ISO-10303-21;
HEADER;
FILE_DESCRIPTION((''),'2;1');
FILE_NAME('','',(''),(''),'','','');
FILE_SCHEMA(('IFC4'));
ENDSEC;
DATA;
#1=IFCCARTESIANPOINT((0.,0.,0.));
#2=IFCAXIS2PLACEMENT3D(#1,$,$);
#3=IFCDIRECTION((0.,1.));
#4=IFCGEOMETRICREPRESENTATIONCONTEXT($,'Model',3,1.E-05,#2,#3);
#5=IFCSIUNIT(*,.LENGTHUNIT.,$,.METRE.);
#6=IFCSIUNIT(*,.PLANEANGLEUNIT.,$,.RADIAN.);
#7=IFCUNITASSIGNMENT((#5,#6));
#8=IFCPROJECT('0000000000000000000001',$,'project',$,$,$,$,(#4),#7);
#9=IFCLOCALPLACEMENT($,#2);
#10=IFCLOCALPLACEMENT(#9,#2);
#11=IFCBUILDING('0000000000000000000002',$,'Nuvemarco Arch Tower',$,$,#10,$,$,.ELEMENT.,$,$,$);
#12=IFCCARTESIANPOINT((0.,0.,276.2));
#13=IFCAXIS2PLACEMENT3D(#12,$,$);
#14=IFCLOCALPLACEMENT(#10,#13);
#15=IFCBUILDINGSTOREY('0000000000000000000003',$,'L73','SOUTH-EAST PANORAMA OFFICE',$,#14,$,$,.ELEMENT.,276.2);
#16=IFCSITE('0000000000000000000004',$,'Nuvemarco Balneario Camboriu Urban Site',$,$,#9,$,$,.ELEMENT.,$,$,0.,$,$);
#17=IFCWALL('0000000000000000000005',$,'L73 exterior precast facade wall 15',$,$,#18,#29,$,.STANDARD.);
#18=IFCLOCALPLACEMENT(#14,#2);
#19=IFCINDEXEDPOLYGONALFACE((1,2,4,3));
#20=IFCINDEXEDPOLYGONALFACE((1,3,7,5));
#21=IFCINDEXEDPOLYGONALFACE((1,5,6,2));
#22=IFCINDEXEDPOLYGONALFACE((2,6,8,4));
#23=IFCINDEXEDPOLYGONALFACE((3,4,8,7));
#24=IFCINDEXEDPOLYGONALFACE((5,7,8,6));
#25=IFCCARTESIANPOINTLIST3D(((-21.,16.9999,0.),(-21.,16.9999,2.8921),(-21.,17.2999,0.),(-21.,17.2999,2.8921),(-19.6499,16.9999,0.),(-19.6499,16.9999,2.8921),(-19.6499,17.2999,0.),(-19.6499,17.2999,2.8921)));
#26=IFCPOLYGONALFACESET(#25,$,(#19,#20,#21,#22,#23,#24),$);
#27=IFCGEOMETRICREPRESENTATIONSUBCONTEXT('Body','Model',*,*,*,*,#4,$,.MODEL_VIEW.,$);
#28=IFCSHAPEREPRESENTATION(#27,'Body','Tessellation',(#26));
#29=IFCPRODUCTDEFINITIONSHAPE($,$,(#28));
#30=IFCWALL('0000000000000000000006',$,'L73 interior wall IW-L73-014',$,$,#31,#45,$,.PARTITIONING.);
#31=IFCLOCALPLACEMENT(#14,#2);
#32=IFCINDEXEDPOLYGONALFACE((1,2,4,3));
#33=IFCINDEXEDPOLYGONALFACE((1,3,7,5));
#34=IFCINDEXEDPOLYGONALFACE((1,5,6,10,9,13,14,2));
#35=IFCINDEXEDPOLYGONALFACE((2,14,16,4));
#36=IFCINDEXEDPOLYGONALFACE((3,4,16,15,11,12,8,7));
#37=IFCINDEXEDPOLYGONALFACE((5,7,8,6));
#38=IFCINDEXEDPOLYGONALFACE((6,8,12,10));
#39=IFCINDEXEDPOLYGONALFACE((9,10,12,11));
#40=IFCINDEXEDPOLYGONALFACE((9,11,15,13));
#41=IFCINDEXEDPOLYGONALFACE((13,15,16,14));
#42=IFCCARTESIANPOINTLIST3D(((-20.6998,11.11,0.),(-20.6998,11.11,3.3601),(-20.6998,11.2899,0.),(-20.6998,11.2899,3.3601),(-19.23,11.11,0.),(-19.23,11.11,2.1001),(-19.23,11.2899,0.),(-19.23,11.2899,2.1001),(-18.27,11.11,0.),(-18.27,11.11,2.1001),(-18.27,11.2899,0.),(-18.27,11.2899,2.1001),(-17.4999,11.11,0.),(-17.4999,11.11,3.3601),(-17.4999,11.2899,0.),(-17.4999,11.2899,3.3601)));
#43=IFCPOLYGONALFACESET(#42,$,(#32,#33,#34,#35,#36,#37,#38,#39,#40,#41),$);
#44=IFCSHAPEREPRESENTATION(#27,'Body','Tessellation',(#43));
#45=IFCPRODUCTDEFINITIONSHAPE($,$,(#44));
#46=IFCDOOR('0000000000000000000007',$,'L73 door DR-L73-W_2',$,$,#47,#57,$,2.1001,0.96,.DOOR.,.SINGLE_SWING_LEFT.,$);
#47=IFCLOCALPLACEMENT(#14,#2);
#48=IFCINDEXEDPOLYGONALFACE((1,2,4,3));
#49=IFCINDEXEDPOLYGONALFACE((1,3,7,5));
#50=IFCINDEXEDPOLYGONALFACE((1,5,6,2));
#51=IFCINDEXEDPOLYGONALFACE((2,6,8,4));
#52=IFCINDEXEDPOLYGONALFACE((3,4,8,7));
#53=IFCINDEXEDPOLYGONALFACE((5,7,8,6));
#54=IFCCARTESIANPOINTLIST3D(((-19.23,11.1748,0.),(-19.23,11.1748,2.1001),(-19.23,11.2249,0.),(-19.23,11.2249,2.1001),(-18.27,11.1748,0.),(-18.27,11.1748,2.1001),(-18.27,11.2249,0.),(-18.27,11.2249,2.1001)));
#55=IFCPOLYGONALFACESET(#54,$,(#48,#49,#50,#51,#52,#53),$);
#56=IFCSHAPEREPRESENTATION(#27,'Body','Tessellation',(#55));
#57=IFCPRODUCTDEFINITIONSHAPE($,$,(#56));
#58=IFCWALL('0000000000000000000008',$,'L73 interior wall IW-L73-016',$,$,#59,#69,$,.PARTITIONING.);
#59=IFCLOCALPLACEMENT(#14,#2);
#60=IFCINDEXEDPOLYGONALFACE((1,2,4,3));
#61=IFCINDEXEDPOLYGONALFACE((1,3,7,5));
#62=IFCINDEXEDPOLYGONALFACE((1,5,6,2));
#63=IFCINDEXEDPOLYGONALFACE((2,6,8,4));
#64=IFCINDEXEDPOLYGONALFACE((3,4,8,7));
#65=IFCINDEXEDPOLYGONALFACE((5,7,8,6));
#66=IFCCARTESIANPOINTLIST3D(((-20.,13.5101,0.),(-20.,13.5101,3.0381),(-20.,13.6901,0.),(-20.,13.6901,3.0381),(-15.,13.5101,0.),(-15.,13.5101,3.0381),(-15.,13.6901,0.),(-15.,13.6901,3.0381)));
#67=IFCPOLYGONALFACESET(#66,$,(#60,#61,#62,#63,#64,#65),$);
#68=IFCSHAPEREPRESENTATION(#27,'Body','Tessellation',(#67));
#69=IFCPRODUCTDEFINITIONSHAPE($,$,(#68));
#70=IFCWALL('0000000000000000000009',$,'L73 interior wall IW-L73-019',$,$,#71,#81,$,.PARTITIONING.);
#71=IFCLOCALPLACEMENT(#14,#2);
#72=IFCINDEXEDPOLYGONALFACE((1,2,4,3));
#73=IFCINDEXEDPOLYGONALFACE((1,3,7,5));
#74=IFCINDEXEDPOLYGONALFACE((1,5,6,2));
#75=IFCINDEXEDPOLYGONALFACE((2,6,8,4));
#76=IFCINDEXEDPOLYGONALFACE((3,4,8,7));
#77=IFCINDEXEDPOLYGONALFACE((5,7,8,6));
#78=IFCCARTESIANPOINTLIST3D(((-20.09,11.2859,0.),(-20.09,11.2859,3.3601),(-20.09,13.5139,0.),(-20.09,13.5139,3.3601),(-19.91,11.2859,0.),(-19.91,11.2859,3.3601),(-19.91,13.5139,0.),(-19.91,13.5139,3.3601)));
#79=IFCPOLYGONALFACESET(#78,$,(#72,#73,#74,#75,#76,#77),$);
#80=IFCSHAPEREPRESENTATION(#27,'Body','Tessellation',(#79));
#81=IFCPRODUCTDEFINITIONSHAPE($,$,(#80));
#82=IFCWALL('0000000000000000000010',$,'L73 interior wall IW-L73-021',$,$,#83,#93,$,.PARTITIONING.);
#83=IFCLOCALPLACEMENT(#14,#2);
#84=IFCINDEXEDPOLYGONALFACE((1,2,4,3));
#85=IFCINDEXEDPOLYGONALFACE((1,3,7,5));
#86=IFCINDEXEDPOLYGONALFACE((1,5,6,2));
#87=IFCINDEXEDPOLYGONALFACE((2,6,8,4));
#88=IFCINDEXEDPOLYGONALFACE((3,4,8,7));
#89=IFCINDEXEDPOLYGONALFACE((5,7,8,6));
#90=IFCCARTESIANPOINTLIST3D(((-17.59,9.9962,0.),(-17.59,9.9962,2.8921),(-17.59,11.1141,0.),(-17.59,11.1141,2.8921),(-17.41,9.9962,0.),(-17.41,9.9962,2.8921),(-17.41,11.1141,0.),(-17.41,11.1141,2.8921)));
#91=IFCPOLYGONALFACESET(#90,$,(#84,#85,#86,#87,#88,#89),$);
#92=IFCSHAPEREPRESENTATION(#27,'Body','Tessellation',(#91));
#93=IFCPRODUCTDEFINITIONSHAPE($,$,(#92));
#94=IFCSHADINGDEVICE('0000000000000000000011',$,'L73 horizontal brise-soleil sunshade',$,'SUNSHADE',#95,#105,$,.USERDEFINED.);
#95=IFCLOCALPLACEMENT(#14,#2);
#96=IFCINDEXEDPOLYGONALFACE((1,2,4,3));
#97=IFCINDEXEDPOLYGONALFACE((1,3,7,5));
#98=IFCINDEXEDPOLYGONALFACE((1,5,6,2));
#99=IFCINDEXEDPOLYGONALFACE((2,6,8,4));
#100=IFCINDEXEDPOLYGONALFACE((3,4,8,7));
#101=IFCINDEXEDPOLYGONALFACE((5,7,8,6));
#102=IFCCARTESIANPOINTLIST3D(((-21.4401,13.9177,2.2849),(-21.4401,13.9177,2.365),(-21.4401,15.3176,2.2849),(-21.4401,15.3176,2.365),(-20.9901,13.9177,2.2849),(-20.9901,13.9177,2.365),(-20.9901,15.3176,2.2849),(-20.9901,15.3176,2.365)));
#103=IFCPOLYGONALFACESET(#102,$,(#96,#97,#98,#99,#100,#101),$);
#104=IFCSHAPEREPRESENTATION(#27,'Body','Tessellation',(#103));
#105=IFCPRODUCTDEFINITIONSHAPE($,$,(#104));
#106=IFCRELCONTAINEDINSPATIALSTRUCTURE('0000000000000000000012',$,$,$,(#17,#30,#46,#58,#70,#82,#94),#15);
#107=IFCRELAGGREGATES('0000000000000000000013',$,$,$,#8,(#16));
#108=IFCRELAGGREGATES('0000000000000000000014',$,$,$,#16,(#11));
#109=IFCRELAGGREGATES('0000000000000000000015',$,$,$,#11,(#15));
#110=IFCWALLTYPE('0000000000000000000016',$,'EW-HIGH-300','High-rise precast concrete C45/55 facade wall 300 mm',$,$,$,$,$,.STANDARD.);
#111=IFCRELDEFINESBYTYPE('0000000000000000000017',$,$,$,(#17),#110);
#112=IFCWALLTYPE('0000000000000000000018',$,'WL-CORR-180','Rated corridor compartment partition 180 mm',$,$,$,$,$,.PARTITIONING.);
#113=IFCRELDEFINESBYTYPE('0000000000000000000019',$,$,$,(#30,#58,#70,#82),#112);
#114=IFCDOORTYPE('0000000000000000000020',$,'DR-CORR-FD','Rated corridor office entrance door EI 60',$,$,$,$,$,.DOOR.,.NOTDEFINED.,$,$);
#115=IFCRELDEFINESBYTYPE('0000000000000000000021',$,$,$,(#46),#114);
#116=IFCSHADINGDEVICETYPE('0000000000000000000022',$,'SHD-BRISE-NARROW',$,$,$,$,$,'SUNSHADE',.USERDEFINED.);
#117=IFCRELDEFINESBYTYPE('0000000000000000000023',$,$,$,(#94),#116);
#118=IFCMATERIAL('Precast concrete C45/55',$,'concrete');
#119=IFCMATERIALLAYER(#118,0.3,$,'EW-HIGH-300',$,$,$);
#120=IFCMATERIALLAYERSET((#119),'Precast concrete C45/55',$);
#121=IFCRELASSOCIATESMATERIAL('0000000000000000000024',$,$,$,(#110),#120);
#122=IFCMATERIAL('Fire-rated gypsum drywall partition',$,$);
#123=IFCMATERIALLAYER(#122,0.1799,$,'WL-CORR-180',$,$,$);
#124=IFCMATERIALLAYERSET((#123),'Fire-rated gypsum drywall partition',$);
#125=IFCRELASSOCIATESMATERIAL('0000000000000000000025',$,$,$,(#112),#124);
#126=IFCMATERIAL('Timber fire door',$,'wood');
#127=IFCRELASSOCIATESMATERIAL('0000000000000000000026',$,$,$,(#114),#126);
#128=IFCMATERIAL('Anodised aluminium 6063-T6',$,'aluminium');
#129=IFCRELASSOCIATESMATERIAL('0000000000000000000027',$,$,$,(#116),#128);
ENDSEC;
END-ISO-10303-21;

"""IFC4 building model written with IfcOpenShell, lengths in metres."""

from ifc_helpers import new_model, si_unit, direction, frame, frame_2d, origin, origin_2d, place, context, subcontext, project, spatial, rectangle, extrude, source, transform, mapped, material, layer, layer_set, type_object, type_shapes, element, fill, save


model = new_model("IFC4")

# Units and contexts
model_context = context("Model", 3, precision=1e-05, world=origin(), true_north=direction((0.0, 1.0)))
body_context = subcontext(model_context, "Body", "Model", "MODEL_VIEW")
ifc_project = project(units=[si_unit("LENGTHUNIT", "METRE"), si_unit("PLANEANGLEUNIT", "RADIAN")], contexts=[model_context])

# Site, building, storey
site_placement = place(None, origin())
site = spatial("IfcSite", under=ifc_project, at=site_placement, Name="Nuvemarco Balneario Camboriu Urban Site", CompositionType="ELEMENT", RefElevation=0.0)
building_placement = place(site_placement, origin())
building = spatial("IfcBuilding", under=site, at=building_placement, Name="Nuvemarco Arch Tower", CompositionType="ELEMENT")
storey_placement = place(building_placement, frame((0.0, 0.0, 276.2)))
storey = spatial("IfcBuildingStorey", under=building, at=storey_placement, Name="L73", Description="SOUTH-EAST PANORAMA OFFICE", CompositionType="ELEMENT", Elevation=276.2)

# Shared definitions
ifc_material_1 = material(Name="Precast concrete C45/55", Category="concrete")
ifc_layer_1 = layer(ifc_material_1, 0.3, Name="EW-HIGH-300")
ifc_layer_set_1 = layer_set([ifc_layer_1], Name="Precast concrete C45/55")
wall_type_1 = type_object("IfcWallType", Name="EW-HIGH-300", Description="High-rise precast concrete C45/55 facade wall 300 mm", PredefinedType="STANDARD", material=ifc_layer_set_1)

# Wall
wall_1_placement = place(storey_placement, frame((-21.0, 17.1499, 0.0), z_axis=(0.0, 0.0, 1.0), x_axis=(1.0, 0.0, 0.0)))
element("IfcWall", 1, at=wall_1_placement, inside=storey, type_object=wall_type_1, Name="L73 exterior precast facade wall 15", PredefinedType="STANDARD", context=body_context, shape_type="SweptSolid", body=[
    extrude(rectangle(XDim=1.3501, YDim=0.3, at=frame_2d((0.675, 0.0))), origin(), (0.0, 0.0, 1.0), 2.8921),
])

# Wall, opening, door
ifc_material_2 = material(Name="Fire-rated gypsum drywall partition")
ifc_layer_2 = layer(ifc_material_2, 0.1799, Name="WL-CORR-180")
ifc_layer_set_2 = layer_set([ifc_layer_2], Name="Fire-rated gypsum drywall partition")
wall_type_2 = type_object("IfcWallType", Name="WL-CORR-180", Description="Rated corridor compartment partition 180 mm", PredefinedType="PARTITIONING", material=ifc_layer_set_2)
wall_2_placement = place(storey_placement, frame((-20.7, 11.2, 0.0), z_axis=(0.0, 0.0, 1.0), x_axis=(1.0, 0.0, 0.0)))
wall_2 = element("IfcWall", 2, at=wall_2_placement, inside=storey, type_object=wall_type_2, Name="L73 interior wall IW-L73-014", PredefinedType="PARTITIONING", context=body_context, shape_type="SweptSolid", body=[
    extrude(rectangle(XDim=3.2, YDim=0.1799, at=frame_2d((1.6001, 0.0))), origin(), (0.0, 0.0, 1.0), 3.3601),
])
opening_1_placement = place(wall_2_placement, frame((1.47, 0.0, 0.0)))
opening_1 = element("IfcOpeningElement", 3, at=opening_1_placement, cuts=wall_2, PredefinedType="OPENING", context=body_context, shape_type="SweptSolid", body=[
    extrude(rectangle(XDim=0.96, YDim=2.1001, at=frame_2d((0.48, 1.05))), frame((0.0, 0.0999, 0.0), z_axis=(0.0, -1.0, 0.0), x_axis=(1.0, 0.0, 0.0)), (0.0, 0.0, 1.0), 0.2),
])
ifc_material_3 = material(Name="Timber fire door", Category="wood")
door_type_1 = type_object("IfcDoorType", Name="DR-CORR-FD", Description="Rated corridor office entrance door EI 60", OperationType="NOTDEFINED", PredefinedType="DOOR", material=ifc_material_3)
shared_shape_1 = source(origin(), body_context, "Body", "SweptSolid", [
    extrude(rectangle(XDim=0.96, YDim=2.1001, at=frame_2d((0.48, 1.05))), frame((0.0, 0.0249, 0.0), z_axis=(0.0, -1.0, 0.0), x_axis=(1.0, 0.0, 0.0)), (0.0, 0.0, 1.0), 0.05),
])
type_shapes(door_type_1, [shared_shape_1])
door_1_placement = place(opening_1_placement, origin())
door_1 = element("IfcDoor", 4, at=door_1_placement, inside=storey, type_object=door_type_1, Name="L73 door DR-L73-W_2", OperationType="SINGLE_SWING_LEFT", OverallHeight=2.1001, OverallWidth=0.96, PredefinedType="DOOR", context=body_context, shape_type="MappedRepresentation", body=[
    mapped(shared_shape_1, transform((0.0, 0.0, 0.0), scale=1.0)),
])
fill(opening_1, door_1)

# Walls
wall_3_placement = place(storey_placement, frame((-20.0, 13.6001, 0.0), z_axis=(0.0, 0.0, 1.0), x_axis=(1.0, 0.0, 0.0)))
element("IfcWall", 5, at=wall_3_placement, inside=storey, type_object=wall_type_2, Name="L73 interior wall IW-L73-016", PredefinedType="PARTITIONING", context=body_context, shape_type="SweptSolid", body=[
    extrude(rectangle(XDim=5.0, YDim=0.1799, at=frame_2d((2.5, 0.0))), origin(), (0.0, 0.0, 1.0), 3.0381),
])
wall_4_placement = place(storey_placement, frame((-20.0, 11.2859, 0.0), z_axis=(0.0, 0.0, 1.0), x_axis=(0.0, 1.0, 0.0)))
element("IfcWall", 6, at=wall_4_placement, inside=storey, type_object=wall_type_2, Name="L73 interior wall IW-L73-019", PredefinedType="PARTITIONING", context=body_context, shape_type="SweptSolid", body=[
    extrude(rectangle(XDim=2.228, YDim=0.1799, at=frame_2d((1.114, 0.0))), origin(), (0.0, 0.0, 1.0), 3.3601),
])
wall_5_placement = place(storey_placement, frame((-17.5, 9.9961, 0.0), z_axis=(0.0, 0.0, 1.0), x_axis=(0.0, 1.0, 0.0)))
element("IfcWall", 7, at=wall_5_placement, inside=storey, type_object=wall_type_2, Name="L73 interior wall IW-L73-021", PredefinedType="PARTITIONING", context=body_context, shape_type="SweptSolid", body=[
    extrude(rectangle(XDim=1.1179, YDim=0.1799, at=frame_2d((0.5591, 0.0))), origin(), (0.0, 0.0, 1.0), 2.8921),
])

# Shading device
ifc_material_4 = material(Name="Anodised aluminium 6063-T6", Category="aluminium")
shading_device_type = type_object("IfcShadingDeviceType", Name="SHD-BRISE-NARROW", ElementType="SUNSHADE", PredefinedType="USERDEFINED", material=ifc_material_4)
shared_shape_2 = source(origin(), body_context, "Body", "SweptSolid", [
    extrude(rectangle(XDim=1.3999, YDim=0.45, at=origin_2d()), origin(), (0.0, 0.0, 1.0), 0.0801),
])
type_shapes(shading_device_type, [shared_shape_2])
shading_device_placement = place(storey_placement, frame((-21.2151, 14.6177, 2.2849), z_axis=(0.0, 0.0, 1.0), x_axis=(0.0, 1.0, 0.0)))
element("IfcShadingDevice", 8, at=shading_device_placement, inside=storey, type_object=shading_device_type, Name="L73 horizontal brise-soleil sunshade", ObjectType="SUNSHADE", PredefinedType="USERDEFINED", context=body_context, shape_type="MappedRepresentation", body=[
    mapped(shared_shape_2, transform((0.0, 0.0, 0.0), scale=1.0)),
])

save(model, "model.ifc")
